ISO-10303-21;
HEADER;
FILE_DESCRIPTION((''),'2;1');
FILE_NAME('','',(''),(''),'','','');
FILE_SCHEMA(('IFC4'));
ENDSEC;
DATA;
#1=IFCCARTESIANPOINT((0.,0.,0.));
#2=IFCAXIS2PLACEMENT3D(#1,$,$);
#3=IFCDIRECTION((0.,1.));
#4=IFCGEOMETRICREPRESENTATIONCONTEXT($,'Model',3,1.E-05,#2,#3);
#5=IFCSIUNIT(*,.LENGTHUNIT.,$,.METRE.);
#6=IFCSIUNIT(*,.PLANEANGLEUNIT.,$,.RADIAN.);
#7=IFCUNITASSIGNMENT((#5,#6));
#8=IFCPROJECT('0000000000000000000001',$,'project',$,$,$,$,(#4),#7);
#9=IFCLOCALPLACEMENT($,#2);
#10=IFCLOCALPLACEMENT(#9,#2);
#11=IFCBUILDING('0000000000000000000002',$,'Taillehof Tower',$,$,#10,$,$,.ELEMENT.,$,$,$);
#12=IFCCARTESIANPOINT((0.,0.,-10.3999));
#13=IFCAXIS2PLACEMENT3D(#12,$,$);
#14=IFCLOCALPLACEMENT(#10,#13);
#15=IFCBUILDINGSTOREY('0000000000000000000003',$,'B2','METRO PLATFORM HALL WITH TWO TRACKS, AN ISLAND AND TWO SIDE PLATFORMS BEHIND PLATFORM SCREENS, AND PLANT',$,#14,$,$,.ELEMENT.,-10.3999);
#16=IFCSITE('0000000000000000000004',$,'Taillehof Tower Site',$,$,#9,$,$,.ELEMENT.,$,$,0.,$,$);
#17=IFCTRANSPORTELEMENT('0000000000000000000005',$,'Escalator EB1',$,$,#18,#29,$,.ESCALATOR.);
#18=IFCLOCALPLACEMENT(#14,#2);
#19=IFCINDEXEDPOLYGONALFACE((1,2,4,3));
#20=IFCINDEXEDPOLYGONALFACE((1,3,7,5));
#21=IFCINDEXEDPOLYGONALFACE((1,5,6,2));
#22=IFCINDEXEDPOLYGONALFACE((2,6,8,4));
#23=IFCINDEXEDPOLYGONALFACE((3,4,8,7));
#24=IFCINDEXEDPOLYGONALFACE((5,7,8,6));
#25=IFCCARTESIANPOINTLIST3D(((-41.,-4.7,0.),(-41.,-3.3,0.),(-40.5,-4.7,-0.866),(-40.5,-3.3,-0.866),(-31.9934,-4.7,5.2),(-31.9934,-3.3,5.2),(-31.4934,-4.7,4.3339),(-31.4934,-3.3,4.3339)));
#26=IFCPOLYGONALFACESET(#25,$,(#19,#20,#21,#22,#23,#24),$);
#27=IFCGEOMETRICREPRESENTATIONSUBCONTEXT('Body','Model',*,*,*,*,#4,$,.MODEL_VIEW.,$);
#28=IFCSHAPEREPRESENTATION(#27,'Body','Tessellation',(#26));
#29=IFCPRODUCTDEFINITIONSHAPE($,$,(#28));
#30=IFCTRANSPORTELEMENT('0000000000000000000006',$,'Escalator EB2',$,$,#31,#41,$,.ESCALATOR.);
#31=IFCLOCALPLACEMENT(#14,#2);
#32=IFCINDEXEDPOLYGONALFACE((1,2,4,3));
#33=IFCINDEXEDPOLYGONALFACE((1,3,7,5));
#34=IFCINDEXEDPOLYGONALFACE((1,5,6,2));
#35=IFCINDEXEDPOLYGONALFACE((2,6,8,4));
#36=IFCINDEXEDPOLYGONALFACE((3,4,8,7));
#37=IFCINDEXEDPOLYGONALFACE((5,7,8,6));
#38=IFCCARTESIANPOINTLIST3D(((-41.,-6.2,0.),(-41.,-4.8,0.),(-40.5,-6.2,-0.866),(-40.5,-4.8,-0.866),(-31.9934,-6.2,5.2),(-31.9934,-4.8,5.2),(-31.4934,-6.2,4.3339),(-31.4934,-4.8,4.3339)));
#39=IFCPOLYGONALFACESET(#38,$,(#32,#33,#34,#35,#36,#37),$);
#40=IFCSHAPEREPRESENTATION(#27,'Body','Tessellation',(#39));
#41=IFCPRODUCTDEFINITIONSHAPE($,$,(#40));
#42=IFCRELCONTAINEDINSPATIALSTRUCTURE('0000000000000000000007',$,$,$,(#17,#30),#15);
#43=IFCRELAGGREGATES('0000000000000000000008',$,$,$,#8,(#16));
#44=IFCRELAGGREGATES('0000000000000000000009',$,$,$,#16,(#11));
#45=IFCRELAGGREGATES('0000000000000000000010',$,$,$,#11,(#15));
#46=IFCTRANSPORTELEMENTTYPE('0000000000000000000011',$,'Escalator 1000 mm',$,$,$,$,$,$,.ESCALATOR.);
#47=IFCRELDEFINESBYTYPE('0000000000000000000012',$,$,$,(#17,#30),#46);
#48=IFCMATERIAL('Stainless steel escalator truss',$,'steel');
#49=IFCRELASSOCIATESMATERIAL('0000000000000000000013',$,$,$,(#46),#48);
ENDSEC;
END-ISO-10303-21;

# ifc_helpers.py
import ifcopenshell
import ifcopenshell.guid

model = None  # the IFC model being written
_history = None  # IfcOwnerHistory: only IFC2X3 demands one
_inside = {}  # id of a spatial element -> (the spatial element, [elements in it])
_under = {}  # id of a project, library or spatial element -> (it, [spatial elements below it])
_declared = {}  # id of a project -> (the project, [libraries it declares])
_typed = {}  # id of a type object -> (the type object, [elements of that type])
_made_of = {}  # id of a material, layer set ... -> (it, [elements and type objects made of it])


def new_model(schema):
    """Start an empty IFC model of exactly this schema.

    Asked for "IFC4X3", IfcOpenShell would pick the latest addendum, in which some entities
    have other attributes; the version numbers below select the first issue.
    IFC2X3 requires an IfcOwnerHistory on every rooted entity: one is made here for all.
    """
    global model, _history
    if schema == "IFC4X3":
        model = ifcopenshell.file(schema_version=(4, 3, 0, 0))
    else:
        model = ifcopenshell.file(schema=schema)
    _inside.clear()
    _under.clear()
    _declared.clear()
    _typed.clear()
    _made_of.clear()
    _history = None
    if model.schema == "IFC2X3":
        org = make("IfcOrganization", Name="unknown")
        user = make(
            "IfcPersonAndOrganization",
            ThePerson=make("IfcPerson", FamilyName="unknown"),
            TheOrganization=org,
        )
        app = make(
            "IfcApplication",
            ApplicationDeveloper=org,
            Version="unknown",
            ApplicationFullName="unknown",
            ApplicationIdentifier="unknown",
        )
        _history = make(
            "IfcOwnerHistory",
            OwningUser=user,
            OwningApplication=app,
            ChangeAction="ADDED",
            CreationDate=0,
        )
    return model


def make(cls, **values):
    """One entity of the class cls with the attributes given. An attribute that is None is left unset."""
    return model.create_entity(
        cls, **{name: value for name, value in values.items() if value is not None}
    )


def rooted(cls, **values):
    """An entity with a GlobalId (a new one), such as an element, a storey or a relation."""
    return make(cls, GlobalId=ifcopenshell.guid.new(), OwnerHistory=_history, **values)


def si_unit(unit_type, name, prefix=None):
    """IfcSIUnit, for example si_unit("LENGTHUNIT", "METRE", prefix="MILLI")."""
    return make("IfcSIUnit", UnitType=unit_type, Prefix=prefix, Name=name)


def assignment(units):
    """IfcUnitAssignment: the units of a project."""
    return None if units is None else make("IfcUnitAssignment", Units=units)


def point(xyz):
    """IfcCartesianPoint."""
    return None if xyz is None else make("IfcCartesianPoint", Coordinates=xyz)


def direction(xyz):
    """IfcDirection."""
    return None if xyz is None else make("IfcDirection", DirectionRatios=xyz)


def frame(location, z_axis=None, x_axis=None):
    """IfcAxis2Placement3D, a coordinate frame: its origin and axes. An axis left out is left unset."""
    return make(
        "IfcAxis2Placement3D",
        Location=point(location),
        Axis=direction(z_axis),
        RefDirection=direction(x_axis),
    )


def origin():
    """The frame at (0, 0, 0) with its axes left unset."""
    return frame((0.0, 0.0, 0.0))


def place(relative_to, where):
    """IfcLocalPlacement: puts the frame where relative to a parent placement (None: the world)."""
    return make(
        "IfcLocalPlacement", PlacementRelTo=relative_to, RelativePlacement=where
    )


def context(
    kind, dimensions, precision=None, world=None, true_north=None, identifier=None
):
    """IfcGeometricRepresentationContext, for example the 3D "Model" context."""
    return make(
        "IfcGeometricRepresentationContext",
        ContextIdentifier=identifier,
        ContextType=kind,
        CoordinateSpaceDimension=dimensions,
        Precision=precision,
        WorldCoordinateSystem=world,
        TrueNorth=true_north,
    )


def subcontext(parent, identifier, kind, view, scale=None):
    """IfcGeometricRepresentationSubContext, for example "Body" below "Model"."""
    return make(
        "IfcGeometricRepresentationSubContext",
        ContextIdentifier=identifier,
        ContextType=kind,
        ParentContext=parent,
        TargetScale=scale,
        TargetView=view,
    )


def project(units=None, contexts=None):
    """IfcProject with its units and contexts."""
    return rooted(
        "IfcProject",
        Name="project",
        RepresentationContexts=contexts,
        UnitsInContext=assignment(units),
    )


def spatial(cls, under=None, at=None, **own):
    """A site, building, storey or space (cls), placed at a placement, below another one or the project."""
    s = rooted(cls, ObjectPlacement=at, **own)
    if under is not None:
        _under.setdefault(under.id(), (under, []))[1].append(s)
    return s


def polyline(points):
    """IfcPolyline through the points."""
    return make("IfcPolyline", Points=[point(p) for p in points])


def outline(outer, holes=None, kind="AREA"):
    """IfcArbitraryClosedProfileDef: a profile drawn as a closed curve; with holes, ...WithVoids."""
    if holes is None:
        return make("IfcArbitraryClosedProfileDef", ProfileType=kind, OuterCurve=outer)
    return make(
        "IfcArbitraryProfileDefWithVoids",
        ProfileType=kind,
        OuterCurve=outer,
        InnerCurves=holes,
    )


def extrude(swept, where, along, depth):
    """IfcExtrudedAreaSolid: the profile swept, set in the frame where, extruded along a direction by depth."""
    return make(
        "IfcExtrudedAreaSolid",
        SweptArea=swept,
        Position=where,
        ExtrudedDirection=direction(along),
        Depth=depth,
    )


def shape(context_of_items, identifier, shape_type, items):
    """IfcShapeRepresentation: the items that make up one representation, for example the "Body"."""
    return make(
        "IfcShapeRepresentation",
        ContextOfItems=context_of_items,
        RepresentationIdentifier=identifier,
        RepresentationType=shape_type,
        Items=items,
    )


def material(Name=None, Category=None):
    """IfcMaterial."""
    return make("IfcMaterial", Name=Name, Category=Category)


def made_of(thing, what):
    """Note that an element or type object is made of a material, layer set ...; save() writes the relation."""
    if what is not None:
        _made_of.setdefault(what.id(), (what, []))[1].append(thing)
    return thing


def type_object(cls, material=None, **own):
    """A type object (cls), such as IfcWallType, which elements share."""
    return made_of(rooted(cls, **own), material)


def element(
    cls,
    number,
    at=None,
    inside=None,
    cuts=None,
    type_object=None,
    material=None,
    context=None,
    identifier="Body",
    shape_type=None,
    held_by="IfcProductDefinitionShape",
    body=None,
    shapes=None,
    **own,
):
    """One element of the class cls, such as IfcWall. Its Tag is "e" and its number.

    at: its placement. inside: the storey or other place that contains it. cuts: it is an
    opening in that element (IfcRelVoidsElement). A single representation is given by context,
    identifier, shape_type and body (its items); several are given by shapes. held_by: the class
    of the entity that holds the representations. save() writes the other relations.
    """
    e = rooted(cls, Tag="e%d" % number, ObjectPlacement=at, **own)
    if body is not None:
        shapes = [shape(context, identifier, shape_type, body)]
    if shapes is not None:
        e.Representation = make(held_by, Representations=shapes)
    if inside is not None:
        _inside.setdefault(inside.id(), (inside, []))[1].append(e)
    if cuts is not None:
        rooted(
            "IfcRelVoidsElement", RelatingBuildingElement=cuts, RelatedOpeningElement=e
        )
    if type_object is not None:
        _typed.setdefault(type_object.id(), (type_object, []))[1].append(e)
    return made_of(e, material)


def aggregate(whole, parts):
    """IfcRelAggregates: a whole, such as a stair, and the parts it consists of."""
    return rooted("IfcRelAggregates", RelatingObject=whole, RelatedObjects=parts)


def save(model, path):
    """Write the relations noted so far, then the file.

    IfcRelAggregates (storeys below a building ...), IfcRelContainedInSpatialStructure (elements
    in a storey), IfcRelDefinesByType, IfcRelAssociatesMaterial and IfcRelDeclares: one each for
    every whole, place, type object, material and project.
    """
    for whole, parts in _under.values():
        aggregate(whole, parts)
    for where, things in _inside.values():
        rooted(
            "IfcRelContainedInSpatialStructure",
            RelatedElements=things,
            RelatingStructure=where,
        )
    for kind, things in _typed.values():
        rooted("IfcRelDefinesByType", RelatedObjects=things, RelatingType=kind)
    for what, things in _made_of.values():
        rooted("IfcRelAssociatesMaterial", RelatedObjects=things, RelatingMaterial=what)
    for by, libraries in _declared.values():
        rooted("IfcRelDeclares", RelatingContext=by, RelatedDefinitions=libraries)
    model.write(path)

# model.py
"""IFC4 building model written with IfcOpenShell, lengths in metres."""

from ifc_helpers import new_model, si_unit, direction, frame, origin, place, context, subcontext, project, spatial, polyline, outline, extrude, material, type_object, element, save


model = new_model("IFC4")

# Units and contexts
model_context = context("Model", 3, precision=1e-05, world=origin(), true_north=direction((0.0, 1.0)))
body_context = subcontext(model_context, "Body", "Model", "MODEL_VIEW")
ifc_project = project(units=[si_unit("LENGTHUNIT", "METRE"), si_unit("PLANEANGLEUNIT", "RADIAN")], contexts=[model_context])

# Site, building, storey
site_placement = place(None, origin())
site = spatial("IfcSite", under=ifc_project, at=site_placement, Name="Taillehof Tower Site", CompositionType="ELEMENT", RefElevation=0.0)
building_placement = place(site_placement, origin())
building = spatial("IfcBuilding", under=site, at=building_placement, Name="Taillehof Tower", CompositionType="ELEMENT")
storey_placement = place(building_placement, frame((0.0, 0.0, -10.3999)))
storey = spatial("IfcBuildingStorey", under=building, at=storey_placement, Name="B2", Description="METRO PLATFORM HALL WITH TWO TRACKS, AN ISLAND AND TWO SIDE PLATFORMS BEHIND PLATFORM SCREENS, AND PLANT", CompositionType="ELEMENT", Elevation=-10.3999)

# Transport elements
ifc_material_1 = material(Name="Stainless steel escalator truss", Category="steel")
transport_element_type = type_object("IfcTransportElementType", Name="Escalator 1000 mm", PredefinedType="ESCALATOR", material=ifc_material_1)
for number, where, z_axis, x_axis, name in (
    (1, (-41.0, -4.7, 0.0), (-0.499999, 0.0, 0.866026), (0.866026, 0.0, 0.499999), "Escalator EB1"),
    (2, (-41.0, -6.2, 0.0), (-0.499999, 0.0, 0.866026), (0.866026, 0.0, 0.499999), "Escalator EB2"),
):
    element("IfcTransportElement", number, at=place(storey_placement, frame(where, z_axis=z_axis, x_axis=x_axis)), inside=storey, type_object=transport_element_type, Name=name, PredefinedType="ESCALATOR", context=body_context, shape_type="SweptSolid", body=[
        extrude(outline(polyline([(0.0, 0.0), (10.3999, 0.0), (10.3999, 1.3999), (0.0, 1.3999), (0.0, 0.0)])), origin(), (0.0, 0.0, -1.0), 1.0),
    ])

save(model, "model.ifc")
